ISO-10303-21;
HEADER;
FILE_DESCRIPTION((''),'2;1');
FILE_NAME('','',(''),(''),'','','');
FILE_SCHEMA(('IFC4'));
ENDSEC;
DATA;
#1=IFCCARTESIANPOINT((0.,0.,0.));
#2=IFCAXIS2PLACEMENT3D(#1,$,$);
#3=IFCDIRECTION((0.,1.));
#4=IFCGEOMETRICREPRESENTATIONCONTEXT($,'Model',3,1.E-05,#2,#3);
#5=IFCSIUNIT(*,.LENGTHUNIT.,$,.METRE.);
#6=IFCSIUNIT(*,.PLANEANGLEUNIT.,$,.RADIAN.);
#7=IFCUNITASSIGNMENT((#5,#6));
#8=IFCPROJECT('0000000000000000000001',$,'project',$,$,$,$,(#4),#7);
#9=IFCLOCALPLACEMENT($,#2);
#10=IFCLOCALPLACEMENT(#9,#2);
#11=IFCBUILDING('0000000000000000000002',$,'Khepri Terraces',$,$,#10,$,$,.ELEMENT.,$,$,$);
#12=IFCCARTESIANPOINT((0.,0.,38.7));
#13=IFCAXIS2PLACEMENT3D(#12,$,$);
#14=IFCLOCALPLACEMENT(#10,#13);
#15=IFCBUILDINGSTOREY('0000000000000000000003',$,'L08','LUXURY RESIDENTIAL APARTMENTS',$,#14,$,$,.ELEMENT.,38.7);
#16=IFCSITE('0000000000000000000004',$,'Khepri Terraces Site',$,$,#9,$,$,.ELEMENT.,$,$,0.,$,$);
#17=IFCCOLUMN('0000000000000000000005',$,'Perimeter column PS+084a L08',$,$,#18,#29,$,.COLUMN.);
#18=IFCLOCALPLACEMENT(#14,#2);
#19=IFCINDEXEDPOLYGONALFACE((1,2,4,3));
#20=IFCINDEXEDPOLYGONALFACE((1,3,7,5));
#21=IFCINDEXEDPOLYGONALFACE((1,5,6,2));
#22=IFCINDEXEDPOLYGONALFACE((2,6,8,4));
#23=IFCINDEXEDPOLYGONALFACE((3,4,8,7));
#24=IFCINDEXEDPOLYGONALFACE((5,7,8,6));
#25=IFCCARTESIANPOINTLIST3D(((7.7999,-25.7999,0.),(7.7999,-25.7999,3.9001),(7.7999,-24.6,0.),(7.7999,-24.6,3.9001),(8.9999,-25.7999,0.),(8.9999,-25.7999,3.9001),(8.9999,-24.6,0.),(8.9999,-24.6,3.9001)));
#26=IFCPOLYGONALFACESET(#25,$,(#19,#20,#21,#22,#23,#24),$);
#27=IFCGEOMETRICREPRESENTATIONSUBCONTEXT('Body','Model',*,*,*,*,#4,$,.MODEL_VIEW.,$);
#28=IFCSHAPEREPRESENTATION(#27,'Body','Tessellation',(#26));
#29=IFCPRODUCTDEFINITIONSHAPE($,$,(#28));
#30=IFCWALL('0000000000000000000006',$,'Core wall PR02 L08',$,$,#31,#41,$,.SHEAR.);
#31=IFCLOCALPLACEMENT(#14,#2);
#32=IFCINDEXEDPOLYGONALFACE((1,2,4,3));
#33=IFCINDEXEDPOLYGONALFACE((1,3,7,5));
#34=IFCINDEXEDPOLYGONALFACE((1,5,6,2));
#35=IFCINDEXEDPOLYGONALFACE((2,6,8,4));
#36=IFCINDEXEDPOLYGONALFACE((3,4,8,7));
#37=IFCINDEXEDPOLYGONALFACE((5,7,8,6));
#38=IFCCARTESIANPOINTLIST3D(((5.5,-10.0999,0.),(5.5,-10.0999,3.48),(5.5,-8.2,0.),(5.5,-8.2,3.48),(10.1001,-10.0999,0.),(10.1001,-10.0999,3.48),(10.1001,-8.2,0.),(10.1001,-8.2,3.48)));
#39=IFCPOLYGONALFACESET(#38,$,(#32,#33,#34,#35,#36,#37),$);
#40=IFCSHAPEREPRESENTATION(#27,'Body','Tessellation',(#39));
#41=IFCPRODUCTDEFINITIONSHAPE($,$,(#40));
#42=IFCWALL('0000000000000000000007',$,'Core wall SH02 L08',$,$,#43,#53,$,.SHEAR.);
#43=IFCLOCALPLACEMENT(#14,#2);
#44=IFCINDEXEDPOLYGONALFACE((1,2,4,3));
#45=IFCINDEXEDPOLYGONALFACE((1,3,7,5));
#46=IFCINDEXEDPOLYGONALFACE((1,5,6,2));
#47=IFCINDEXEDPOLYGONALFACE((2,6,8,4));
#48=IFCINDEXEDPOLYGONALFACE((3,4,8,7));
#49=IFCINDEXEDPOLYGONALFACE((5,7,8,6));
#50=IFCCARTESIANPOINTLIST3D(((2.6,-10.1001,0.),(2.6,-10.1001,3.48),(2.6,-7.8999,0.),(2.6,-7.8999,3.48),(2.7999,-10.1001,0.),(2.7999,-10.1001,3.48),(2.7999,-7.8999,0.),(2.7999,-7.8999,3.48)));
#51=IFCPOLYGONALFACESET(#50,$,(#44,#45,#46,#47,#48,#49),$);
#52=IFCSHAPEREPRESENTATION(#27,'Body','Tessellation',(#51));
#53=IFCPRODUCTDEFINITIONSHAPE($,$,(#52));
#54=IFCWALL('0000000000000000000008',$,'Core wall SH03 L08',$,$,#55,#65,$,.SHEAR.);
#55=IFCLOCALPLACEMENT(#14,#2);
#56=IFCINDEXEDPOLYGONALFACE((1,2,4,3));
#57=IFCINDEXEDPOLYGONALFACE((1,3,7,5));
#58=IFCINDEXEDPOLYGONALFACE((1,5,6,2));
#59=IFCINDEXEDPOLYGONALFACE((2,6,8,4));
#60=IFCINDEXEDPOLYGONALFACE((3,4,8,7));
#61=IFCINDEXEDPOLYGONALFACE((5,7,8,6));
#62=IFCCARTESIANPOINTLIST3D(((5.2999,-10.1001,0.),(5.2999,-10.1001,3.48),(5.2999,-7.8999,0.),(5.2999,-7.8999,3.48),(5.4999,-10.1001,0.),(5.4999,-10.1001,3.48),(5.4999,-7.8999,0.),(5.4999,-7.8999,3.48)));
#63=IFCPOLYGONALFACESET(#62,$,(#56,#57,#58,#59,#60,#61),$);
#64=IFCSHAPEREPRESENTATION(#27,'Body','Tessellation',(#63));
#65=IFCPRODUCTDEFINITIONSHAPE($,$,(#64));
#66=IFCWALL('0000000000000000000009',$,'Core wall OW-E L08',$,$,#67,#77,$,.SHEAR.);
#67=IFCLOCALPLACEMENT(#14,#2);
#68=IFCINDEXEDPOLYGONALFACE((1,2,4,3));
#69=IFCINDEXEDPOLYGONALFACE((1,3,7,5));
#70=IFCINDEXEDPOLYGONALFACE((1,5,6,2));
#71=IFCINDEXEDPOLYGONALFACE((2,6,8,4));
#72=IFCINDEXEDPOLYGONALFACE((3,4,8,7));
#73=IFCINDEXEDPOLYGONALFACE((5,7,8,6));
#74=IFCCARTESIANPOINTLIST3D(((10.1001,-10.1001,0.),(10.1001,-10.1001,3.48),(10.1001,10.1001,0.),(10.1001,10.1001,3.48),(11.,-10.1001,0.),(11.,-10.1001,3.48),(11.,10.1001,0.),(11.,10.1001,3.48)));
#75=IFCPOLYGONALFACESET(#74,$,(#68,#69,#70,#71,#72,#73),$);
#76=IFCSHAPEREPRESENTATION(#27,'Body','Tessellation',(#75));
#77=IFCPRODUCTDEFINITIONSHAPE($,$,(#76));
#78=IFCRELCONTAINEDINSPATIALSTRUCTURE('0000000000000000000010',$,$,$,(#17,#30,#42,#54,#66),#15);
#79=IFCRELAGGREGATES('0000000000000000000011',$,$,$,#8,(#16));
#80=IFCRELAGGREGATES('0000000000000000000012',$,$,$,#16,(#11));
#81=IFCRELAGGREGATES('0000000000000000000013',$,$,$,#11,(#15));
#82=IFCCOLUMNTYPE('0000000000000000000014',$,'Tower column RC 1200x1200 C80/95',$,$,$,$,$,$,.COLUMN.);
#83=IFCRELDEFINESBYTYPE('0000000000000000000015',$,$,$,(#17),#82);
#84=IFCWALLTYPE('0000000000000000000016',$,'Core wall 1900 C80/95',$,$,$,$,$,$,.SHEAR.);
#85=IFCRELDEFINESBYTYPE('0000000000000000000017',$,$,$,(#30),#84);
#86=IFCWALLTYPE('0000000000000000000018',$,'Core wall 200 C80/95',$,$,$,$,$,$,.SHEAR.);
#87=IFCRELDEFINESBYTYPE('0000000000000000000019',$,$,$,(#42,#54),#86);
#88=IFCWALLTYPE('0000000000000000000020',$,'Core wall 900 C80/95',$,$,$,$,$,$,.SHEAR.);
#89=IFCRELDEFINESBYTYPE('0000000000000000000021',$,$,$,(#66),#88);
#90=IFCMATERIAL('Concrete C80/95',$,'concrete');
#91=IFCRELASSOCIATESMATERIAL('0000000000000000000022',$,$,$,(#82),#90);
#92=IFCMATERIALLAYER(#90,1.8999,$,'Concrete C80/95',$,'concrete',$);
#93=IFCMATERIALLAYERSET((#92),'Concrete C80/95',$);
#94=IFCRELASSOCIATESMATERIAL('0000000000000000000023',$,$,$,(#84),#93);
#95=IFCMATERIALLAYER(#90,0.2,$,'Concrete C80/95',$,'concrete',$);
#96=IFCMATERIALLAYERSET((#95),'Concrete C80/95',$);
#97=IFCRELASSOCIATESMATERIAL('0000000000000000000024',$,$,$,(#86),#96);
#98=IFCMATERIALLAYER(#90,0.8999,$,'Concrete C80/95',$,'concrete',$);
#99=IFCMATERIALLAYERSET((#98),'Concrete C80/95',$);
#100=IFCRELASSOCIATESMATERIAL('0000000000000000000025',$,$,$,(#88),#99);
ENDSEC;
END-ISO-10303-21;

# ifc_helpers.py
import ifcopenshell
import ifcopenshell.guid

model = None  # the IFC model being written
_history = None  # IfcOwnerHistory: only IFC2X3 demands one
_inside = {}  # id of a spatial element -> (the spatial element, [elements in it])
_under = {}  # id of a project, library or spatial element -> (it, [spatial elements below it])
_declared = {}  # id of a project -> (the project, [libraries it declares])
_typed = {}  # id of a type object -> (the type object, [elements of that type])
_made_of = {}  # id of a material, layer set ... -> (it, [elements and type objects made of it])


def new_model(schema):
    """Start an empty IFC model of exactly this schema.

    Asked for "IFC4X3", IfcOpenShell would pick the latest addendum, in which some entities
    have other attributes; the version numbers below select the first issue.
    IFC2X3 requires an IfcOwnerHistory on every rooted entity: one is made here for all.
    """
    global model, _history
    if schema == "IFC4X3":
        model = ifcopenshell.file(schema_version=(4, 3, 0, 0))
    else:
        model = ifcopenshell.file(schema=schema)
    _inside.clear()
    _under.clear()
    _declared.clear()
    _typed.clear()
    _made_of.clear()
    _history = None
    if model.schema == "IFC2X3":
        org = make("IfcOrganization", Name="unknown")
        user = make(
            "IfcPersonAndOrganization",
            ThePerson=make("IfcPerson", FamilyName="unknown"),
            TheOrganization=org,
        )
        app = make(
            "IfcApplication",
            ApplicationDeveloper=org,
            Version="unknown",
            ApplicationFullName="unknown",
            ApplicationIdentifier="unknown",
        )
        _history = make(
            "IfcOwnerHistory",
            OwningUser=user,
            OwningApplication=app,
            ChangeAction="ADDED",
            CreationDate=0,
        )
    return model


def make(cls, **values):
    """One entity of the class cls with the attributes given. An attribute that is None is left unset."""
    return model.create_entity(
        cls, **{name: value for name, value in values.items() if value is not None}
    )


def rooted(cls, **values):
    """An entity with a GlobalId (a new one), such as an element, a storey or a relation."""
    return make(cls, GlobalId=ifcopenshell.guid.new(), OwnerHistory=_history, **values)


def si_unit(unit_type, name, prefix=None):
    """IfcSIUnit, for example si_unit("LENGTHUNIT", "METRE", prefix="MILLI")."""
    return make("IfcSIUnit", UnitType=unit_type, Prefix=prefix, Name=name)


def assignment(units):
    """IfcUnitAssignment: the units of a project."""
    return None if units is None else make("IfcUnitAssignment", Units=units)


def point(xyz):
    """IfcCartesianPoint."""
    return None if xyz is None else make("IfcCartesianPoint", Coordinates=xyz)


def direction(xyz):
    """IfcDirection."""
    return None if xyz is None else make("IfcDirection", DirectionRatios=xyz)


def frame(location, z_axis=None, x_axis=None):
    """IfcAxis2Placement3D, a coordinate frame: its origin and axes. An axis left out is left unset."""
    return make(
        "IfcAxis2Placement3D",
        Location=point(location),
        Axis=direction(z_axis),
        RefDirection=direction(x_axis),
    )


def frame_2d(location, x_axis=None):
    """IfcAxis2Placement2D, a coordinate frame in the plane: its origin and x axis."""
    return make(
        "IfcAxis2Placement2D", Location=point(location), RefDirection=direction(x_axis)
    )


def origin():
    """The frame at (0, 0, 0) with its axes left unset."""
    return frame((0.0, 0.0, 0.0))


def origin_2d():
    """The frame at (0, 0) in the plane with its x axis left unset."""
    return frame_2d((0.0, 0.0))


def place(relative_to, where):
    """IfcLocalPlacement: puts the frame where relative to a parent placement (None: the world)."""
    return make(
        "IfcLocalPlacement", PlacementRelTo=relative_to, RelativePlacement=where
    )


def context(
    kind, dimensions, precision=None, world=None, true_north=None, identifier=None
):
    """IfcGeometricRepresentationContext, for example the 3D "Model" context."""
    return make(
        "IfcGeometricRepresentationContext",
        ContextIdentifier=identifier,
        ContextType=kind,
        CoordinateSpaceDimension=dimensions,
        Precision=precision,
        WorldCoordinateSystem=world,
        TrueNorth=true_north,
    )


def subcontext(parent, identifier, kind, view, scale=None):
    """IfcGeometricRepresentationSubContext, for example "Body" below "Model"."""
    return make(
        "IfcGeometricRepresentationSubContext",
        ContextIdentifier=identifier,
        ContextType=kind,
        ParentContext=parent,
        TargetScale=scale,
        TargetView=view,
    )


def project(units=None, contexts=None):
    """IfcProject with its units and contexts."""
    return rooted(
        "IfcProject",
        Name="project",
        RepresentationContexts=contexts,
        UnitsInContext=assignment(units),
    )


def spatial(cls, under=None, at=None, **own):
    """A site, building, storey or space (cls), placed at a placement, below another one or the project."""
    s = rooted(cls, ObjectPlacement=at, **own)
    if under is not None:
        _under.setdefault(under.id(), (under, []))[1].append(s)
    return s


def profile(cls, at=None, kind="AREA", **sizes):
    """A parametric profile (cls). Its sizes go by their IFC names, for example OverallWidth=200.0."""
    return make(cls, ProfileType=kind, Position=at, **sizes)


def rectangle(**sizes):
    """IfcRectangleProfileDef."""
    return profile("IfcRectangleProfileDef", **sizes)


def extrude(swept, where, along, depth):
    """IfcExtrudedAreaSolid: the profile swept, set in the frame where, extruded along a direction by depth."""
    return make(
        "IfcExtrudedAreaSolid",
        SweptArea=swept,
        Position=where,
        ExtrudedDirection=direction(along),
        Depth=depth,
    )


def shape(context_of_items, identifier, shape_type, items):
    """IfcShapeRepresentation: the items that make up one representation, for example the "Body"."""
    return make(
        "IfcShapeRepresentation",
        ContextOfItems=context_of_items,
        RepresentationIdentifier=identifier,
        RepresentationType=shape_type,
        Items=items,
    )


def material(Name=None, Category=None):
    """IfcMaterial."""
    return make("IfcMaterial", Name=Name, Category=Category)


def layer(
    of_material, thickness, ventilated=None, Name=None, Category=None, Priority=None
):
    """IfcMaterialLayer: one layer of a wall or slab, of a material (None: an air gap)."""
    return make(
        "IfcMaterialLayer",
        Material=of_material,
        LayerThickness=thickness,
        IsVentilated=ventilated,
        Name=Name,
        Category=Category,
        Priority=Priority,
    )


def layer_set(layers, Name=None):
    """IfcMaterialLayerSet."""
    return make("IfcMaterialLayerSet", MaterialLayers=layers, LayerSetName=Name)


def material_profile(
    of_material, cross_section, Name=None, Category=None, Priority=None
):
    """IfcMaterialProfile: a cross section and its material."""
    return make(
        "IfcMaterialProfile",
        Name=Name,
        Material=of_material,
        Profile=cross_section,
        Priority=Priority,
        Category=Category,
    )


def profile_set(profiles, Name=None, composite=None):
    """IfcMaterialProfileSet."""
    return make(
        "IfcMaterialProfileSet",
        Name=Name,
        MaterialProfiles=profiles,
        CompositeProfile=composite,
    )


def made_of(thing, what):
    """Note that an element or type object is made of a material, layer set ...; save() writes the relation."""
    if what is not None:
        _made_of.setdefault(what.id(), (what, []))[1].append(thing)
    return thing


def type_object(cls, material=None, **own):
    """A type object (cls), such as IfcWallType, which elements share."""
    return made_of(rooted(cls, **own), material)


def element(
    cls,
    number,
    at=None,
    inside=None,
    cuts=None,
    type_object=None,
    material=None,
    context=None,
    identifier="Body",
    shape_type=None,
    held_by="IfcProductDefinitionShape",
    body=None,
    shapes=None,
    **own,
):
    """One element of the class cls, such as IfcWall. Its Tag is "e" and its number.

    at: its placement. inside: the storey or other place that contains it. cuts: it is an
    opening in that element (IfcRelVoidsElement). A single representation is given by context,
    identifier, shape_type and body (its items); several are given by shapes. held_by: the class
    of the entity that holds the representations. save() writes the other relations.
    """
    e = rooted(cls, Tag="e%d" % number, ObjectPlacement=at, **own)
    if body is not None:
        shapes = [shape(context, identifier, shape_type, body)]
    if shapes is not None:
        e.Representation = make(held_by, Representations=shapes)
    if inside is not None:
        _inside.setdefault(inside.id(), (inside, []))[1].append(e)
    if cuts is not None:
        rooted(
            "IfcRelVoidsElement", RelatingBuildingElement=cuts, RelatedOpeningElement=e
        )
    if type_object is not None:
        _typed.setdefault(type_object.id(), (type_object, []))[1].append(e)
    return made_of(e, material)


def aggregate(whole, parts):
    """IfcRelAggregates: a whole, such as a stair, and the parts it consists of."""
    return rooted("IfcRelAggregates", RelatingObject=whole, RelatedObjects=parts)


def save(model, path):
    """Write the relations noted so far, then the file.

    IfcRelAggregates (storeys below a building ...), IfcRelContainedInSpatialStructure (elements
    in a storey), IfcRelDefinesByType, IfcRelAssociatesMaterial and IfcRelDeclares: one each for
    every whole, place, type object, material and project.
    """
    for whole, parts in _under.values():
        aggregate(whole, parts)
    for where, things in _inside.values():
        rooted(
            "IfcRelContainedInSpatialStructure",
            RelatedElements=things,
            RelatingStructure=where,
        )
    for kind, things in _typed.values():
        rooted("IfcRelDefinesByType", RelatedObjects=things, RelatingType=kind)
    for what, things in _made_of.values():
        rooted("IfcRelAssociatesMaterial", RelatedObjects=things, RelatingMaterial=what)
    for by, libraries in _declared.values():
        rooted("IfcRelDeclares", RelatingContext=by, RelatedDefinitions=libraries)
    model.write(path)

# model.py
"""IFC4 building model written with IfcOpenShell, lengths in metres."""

from ifc_helpers import new_model, si_unit, direction, frame, frame_2d, origin, origin_2d, place, context, subcontext, project, spatial, rectangle, extrude, material, layer, layer_set, material_profile, profile_set, type_object, element, save


model = new_model("IFC4")

# Units and contexts
model_context = context("Model", 3, precision=1e-05, world=origin(), true_north=direction((0.0, 1.0)))
body_context = subcontext(model_context, "Body", "Model", "MODEL_VIEW")
ifc_project = project(units=[si_unit("LENGTHUNIT", "METRE"), si_unit("PLANEANGLEUNIT", "RADIAN")], contexts=[model_context])

# Site, building, storey
site_placement = place(None, origin())
site = spatial("IfcSite", under=ifc_project, at=site_placement, Name="Khepri Terraces Site", CompositionType="ELEMENT", RefElevation=0.0)
building_placement = place(site_placement, origin())
building = spatial("IfcBuilding", under=site, at=building_placement, Name="Khepri Terraces", CompositionType="ELEMENT")
storey_placement = place(building_placement, frame((0.0, 0.0, 38.7)))
storey = spatial("IfcBuildingStorey", under=building, at=storey_placement, Name="L08", Description="LUXURY RESIDENTIAL APARTMENTS", CompositionType="ELEMENT", Elevation=38.7)

# Column
ifc_material_1 = material(Name="Concrete C80/95", Category="concrete")
ifc_material_profile = material_profile(ifc_material_1, rectangle(XDim=1.2, YDim=1.2, at=origin_2d()), Name="Concrete C80/95", Category="concrete")
ifc_profile_set = profile_set([ifc_material_profile], Name="Concrete C80/95")
column_type = type_object("IfcColumnType", Name="Tower column RC 1200x1200 C80/95", PredefinedType="COLUMN", material=ifc_profile_set)
column_placement = place(storey_placement, frame((8.3999, -25.2, 0.0), z_axis=(0.0, 0.0, 1.0), x_axis=(1.0, 0.0, 0.0)))
element("IfcColumn", 1, at=column_placement, inside=storey, type_object=column_type, Name="Perimeter column PS+084a L08", PredefinedType="COLUMN", context=body_context, shape_type="SweptSolid", body=[
    extrude(rectangle(XDim=1.2, YDim=1.2, at=origin_2d()), origin(), (0.0, 0.0, 1.0), 3.9001),
])

# Walls
ifc_layer_1 = layer(ifc_material_1, 1.8999, Name="Concrete C80/95", Category="concrete")
ifc_layer_set_1 = layer_set([ifc_layer_1], Name="Concrete C80/95")
wall_type_1 = type_object("IfcWallType", Name="Core wall 1900 C80/95", PredefinedType="SHEAR", material=ifc_layer_set_1)
wall_1_placement = place(storey_placement, frame((5.5, -9.1499, 0.0), z_axis=(0.0, 0.0, 1.0), x_axis=(1.0, 0.0, 0.0)))
element("IfcWall", 2, at=wall_1_placement, inside=storey, type_object=wall_type_1, Name="Core wall PR02 L08", PredefinedType="SHEAR", context=body_context, shape_type="SweptSolid", body=[
    extrude(rectangle(XDim=4.6001, YDim=1.8999, at=frame_2d((2.3, 0.0))), origin(), (0.0, 0.0, 1.0), 3.48),
])
ifc_layer_2 = layer(ifc_material_1, 0.2, Name="Concrete C80/95", Category="concrete")
ifc_layer_set_2 = layer_set([ifc_layer_2], Name="Concrete C80/95")
wall_type_2 = type_object("IfcWallType", Name="Core wall 200 C80/95", PredefinedType="SHEAR", material=ifc_layer_set_2)
for number, where, z_axis, x_axis, name in (
    (3, (2.7, -10.1001, 0.0), (0.0, 0.0, 1.0), (0.0, 1.0, 0.0), "Core wall SH02 L08"),
    (4, (5.3999, -10.1001, 0.0), (0.0, 0.0, 1.0), (0.0, 1.0, 0.0), "Core wall SH03 L08"),
):
    element("IfcWall", number, at=place(storey_placement, frame(where, z_axis=z_axis, x_axis=x_axis)), inside=storey, type_object=wall_type_2, Name=name, PredefinedType="SHEAR", context=body_context, shape_type="SweptSolid", body=[
        extrude(rectangle(XDim=2.2002, YDim=0.2, at=frame_2d((1.1001, 0.0))), origin(), (0.0, 0.0, 1.0), 3.48),
    ])
ifc_layer_3 = layer(ifc_material_1, 0.8999, Name="Concrete C80/95", Category="concrete")
ifc_layer_set_3 = layer_set([ifc_layer_3], Name="Concrete C80/95")
wall_type_3 = type_object("IfcWallType", Name="Core wall 900 C80/95", PredefinedType="SHEAR", material=ifc_layer_set_3)
wall_2_placement = place(storey_placement, frame((10.55, -10.1001, 0.0), z_axis=(0.0, 0.0, 1.0), x_axis=(0.0, 1.0, 0.0)))
element("IfcWall", 5, at=wall_2_placement, inside=storey, type_object=wall_type_3, Name="Core wall OW-E L08", PredefinedType="SHEAR", context=body_context, shape_type="SweptSolid", body=[
    extrude(rectangle(XDim=20.2002, YDim=0.8999, at=frame_2d((10.1001, 0.0))), origin(), (0.0, 0.0, 1.0), 3.48),
])

save(model, "model.ifc")
